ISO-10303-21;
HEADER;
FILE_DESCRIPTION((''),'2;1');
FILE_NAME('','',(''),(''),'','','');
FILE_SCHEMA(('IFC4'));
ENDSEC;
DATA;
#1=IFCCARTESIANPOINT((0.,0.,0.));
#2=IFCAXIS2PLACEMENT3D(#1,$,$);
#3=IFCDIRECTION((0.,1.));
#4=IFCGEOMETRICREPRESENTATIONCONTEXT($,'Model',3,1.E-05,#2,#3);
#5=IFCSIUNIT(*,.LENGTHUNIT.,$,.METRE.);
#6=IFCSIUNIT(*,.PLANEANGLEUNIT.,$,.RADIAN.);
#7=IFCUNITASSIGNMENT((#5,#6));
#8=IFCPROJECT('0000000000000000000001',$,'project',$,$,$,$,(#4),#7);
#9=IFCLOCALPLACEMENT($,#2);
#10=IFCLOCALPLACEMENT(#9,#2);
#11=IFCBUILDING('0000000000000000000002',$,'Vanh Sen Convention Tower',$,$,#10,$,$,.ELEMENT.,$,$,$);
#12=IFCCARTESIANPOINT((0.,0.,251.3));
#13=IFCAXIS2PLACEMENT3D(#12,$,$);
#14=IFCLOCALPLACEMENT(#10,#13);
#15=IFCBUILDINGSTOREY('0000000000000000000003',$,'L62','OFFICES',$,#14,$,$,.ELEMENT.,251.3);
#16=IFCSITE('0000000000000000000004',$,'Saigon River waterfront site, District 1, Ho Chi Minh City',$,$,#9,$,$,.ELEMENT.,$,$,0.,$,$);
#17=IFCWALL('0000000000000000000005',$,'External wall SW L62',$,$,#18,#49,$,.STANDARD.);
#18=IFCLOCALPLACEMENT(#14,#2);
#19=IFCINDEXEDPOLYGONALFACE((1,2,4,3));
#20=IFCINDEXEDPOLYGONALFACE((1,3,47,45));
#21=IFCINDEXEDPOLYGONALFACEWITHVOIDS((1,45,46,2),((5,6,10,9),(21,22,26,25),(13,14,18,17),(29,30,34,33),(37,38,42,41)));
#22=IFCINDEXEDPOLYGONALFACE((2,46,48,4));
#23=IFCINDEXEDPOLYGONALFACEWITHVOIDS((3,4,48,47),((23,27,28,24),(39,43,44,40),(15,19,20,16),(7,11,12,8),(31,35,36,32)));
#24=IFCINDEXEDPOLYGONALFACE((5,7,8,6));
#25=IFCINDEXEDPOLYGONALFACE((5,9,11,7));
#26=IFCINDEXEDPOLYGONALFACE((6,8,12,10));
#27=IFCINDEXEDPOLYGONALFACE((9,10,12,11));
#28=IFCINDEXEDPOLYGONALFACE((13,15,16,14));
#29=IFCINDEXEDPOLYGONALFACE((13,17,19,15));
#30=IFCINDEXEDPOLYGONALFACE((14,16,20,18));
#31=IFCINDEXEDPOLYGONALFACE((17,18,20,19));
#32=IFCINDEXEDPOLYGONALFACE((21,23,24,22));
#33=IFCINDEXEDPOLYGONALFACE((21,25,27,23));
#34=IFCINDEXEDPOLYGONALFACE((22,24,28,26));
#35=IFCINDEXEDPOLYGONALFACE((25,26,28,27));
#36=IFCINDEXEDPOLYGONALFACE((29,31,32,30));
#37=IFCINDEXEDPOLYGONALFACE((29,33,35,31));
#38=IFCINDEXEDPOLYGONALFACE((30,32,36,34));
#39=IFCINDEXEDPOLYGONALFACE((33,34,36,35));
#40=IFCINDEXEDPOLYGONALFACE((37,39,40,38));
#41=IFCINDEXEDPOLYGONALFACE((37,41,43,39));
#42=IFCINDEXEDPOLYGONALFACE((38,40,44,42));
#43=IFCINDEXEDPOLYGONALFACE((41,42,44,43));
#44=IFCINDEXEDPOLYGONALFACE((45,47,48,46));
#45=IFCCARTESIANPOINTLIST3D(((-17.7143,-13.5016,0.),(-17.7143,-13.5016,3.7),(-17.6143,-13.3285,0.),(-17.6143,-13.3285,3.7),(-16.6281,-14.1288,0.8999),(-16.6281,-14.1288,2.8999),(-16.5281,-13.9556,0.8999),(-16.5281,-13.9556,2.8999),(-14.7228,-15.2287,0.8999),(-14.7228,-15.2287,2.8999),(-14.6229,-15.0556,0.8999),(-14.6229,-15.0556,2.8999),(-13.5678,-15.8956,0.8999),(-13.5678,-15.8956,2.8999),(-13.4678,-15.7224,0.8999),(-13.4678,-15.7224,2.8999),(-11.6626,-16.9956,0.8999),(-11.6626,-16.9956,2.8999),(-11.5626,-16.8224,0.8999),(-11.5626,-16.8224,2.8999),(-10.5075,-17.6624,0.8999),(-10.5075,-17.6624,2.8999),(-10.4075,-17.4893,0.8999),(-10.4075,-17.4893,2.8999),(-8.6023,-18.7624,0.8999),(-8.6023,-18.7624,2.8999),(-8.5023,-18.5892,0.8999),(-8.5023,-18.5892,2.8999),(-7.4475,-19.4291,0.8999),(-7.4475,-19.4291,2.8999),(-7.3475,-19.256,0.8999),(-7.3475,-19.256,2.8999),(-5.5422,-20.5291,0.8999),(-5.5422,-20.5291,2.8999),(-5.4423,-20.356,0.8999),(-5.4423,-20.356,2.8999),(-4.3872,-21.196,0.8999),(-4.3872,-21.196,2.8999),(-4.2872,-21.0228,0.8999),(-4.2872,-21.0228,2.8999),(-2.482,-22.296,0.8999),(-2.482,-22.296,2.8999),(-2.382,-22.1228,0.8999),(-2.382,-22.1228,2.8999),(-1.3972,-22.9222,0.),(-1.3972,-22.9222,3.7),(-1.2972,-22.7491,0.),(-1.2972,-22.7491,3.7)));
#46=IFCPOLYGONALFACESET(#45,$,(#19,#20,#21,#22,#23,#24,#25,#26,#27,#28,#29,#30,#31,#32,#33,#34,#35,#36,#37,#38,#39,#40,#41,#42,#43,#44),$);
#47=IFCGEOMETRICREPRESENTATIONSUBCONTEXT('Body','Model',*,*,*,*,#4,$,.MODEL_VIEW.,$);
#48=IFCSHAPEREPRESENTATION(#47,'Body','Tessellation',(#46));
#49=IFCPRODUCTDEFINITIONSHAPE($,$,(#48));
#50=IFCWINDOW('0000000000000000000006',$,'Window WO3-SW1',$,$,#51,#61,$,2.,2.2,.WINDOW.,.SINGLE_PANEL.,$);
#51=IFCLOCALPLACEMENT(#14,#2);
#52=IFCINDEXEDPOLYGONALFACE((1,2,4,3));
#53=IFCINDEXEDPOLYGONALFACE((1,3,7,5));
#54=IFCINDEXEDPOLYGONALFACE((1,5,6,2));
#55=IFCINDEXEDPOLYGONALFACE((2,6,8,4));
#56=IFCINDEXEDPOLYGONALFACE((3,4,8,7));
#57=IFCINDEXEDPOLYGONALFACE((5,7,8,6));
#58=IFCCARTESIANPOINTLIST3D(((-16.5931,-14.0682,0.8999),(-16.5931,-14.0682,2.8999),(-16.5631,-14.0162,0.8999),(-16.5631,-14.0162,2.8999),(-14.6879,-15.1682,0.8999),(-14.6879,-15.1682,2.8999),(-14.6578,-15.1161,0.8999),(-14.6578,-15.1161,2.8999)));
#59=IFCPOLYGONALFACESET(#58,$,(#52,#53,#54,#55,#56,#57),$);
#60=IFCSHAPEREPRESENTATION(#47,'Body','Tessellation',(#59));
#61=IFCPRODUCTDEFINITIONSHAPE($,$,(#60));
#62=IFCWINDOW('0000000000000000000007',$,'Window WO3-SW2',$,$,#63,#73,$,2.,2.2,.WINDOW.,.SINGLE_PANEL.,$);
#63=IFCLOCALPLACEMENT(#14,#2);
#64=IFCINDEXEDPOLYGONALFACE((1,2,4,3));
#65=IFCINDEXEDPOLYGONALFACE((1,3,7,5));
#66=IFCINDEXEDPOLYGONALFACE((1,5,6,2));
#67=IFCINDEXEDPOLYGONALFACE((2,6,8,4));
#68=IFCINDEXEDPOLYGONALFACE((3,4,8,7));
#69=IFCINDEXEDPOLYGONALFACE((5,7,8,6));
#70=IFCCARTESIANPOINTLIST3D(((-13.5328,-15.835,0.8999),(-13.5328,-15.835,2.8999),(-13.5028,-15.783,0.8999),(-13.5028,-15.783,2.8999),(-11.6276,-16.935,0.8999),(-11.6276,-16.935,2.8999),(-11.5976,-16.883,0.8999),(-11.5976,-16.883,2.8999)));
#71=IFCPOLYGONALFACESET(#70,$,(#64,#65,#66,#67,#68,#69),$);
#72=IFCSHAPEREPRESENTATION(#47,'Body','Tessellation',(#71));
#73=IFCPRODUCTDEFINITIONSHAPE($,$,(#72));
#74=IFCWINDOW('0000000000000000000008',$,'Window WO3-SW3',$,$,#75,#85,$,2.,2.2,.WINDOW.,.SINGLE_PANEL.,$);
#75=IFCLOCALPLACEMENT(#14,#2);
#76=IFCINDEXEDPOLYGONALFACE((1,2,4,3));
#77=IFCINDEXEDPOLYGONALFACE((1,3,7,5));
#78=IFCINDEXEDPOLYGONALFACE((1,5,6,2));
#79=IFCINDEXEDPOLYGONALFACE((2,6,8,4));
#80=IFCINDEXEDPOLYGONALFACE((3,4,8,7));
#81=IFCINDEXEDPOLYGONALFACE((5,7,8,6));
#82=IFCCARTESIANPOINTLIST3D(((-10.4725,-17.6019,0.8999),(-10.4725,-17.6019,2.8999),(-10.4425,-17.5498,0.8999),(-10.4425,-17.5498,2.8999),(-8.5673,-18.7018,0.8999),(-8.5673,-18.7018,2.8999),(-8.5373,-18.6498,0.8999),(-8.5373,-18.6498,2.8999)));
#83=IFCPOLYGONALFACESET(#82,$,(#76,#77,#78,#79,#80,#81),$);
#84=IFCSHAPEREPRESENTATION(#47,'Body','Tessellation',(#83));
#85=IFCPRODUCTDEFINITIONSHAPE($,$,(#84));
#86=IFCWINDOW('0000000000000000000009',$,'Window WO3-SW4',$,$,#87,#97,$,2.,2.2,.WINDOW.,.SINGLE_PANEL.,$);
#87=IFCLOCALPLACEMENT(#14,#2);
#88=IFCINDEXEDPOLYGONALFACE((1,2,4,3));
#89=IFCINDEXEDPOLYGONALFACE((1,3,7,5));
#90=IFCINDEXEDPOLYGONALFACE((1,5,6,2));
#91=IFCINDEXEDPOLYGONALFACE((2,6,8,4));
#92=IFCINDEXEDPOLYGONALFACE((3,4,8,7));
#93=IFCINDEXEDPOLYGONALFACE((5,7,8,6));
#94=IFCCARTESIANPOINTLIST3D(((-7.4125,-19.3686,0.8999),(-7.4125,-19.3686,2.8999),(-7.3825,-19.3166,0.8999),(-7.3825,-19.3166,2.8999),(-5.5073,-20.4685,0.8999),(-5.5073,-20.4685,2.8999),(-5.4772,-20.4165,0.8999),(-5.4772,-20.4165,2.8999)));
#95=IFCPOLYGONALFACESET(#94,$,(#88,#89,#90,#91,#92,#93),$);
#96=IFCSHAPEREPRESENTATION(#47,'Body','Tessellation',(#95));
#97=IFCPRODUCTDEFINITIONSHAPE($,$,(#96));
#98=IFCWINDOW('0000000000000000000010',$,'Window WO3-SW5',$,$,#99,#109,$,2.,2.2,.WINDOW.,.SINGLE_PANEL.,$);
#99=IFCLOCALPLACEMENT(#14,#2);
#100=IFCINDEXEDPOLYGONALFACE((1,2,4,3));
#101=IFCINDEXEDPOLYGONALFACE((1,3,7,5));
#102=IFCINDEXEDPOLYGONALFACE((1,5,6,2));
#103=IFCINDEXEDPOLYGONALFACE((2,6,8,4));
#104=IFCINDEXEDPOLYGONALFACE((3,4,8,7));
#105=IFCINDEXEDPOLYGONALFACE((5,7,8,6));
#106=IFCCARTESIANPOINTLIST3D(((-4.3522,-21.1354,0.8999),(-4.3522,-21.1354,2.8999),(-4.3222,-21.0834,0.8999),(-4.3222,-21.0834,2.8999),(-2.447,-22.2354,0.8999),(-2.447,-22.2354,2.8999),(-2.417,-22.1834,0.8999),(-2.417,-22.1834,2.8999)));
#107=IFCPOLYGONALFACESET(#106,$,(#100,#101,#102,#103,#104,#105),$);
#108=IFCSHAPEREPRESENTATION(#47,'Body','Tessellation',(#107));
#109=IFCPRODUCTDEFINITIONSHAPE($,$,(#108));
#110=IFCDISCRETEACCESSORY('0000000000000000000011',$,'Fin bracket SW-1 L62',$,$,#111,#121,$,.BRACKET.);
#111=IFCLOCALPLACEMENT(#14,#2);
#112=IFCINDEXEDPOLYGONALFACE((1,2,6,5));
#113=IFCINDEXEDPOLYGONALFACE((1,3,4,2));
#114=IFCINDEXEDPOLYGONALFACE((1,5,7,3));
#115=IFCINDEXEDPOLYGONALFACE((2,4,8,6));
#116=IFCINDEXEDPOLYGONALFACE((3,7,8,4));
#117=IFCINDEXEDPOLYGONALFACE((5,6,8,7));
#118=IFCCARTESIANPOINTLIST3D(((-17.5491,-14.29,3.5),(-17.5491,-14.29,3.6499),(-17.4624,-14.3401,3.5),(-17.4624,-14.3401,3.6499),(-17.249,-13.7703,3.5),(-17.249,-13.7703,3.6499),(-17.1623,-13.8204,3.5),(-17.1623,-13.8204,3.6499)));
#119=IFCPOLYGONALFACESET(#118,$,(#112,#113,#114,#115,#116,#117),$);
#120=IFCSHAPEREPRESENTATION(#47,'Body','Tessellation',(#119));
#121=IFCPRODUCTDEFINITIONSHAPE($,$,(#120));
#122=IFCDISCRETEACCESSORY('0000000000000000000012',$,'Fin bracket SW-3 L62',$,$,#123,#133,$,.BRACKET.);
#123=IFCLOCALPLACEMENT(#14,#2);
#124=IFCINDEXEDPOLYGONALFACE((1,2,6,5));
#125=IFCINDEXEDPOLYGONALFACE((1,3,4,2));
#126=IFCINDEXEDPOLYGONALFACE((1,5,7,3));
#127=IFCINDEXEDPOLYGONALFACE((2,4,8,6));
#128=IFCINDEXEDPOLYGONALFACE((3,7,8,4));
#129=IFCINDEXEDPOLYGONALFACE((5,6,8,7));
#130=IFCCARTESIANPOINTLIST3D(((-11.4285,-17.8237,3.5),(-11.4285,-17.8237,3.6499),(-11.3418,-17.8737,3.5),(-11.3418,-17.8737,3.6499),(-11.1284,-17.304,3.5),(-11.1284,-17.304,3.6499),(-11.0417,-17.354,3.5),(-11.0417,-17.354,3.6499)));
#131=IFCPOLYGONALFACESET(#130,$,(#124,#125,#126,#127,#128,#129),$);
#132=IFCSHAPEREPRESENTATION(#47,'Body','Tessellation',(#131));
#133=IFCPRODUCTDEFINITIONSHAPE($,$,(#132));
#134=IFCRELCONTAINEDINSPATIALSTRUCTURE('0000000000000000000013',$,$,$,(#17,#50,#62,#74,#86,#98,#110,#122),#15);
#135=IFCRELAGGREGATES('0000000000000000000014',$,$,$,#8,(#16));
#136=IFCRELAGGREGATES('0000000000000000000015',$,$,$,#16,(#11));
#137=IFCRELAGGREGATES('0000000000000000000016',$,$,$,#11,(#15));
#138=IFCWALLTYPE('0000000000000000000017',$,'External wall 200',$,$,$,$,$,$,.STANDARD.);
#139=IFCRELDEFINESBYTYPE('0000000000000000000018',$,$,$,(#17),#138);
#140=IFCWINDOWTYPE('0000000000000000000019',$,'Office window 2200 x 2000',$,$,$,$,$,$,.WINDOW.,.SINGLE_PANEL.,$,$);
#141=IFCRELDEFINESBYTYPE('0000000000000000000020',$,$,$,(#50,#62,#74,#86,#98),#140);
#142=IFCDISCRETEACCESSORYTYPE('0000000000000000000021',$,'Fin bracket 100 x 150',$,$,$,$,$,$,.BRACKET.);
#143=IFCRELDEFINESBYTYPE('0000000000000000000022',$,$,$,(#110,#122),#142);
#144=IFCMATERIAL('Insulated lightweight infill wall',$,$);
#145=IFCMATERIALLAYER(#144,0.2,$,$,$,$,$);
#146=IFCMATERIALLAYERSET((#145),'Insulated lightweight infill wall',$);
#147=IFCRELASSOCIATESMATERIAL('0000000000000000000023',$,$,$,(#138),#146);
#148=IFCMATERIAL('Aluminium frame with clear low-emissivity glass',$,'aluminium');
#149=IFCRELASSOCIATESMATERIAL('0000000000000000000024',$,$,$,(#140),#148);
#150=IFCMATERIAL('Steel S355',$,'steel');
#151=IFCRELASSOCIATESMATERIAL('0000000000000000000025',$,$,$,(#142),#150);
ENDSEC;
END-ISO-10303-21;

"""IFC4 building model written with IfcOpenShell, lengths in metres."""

from ifc_helpers import new_model, si_unit, direction, frame, frame_2d, origin, origin_2d, place, context, subcontext, project, spatial, rectangle, extrude, material, layer, layer_set, type_object, element, fill, save


model = new_model("IFC4")

# Units and contexts
model_context = context("Model", 3, precision=1e-05, world=origin(), true_north=direction((0.0, 1.0)))
body_context = subcontext(model_context, "Body", "Model", "MODEL_VIEW")
ifc_project = project(units=[si_unit("LENGTHUNIT", "METRE"), si_unit("PLANEANGLEUNIT", "RADIAN")], contexts=[model_context])

# Site, building, storey
site_placement = place(None, origin())
site = spatial("IfcSite", under=ifc_project, at=site_placement, Name="Saigon River waterfront site, District 1, Ho Chi Minh City", CompositionType="ELEMENT", RefElevation=0.0)
building_placement = place(site_placement, origin())
building = spatial("IfcBuilding", under=site, at=building_placement, Name="Vanh Sen Convention Tower", CompositionType="ELEMENT")
storey_placement = place(building_placement, frame((0.0, 0.0, 251.3)))
storey = spatial("IfcBuildingStorey", under=building, at=storey_placement, Name="L62", Description="OFFICES", CompositionType="ELEMENT", Elevation=251.3)

# Shared definitions
ifc_material_1 = material(Name="Insulated lightweight infill wall")
ifc_layer_1 = layer(ifc_material_1, 0.2)
ifc_layer_set_1 = layer_set([ifc_layer_1], Name="Insulated lightweight infill wall")
wall_type_1 = type_object("IfcWallType", Name="External wall 200", PredefinedType="STANDARD", material=ifc_layer_set_1)
ifc_material_2 = material(Name="Aluminium frame with clear low-emissivity glass", Category="aluminium")

# Wall, openings, windows
wall_1_placement = place(storey_placement, frame((-17.6643, -13.415, 0.0), z_axis=(0.0, 0.0, 1.0), x_axis=(0.866027, -0.499998, 0.0)))
wall_1 = element("IfcWall", 1, at=wall_1_placement, inside=storey, type_object=wall_type_1, Name="External wall SW L62", PredefinedType="STANDARD", context=body_context, shape_type="SweptSolid", body=[
    extrude(rectangle(XDim=18.8413, YDim=0.2, at=frame_2d((9.4207, 0.0))), origin(), (0.0, 0.0, 1.0), 3.7),
])
opening_1_placement = place(wall_1_placement, frame((1.2542, 0.0, 0.8999)))
opening_1 = element("IfcOpeningElement", 2, at=opening_1_placement, cuts=wall_1, PredefinedType="OPENING", context=body_context, shape_type="SweptSolid", body=[
    extrude(rectangle(XDim=2.2, YDim=2.0, at=frame_2d((1.1001, 1.0))), frame((0.0, 0.1099, 0.0), z_axis=(0.0, -1.0, 0.0), x_axis=(1.0, 0.0, 0.0)), (0.0, 0.0, 1.0), 0.22),
])
opening_2_placement = place(wall_1_placement, frame((4.7878, 0.0, 0.8999)))
opening_2 = element("IfcOpeningElement", 3, at=opening_2_placement, cuts=wall_1, PredefinedType="OPENING", context=body_context, shape_type="SweptSolid", body=[
    extrude(rectangle(XDim=2.2, YDim=2.0, at=frame_2d((1.1001, 1.0))), frame((0.0, 0.1099, 0.0), z_axis=(0.0, -1.0, 0.0), x_axis=(1.0, 0.0, 0.0)), (0.0, 0.0, 1.0), 0.22),
])
opening_3_placement = place(wall_1_placement, frame((8.3215, 0.0, 0.8999)))
opening_3 = element("IfcOpeningElement", 4, at=opening_3_placement, cuts=wall_1, PredefinedType="OPENING", context=body_context, shape_type="SweptSolid", body=[
    extrude(rectangle(XDim=2.2, YDim=2.0, at=frame_2d((1.1001, 1.0))), frame((0.0, 0.1099, 0.0), z_axis=(0.0, -1.0, 0.0), x_axis=(1.0, 0.0, 0.0)), (0.0, 0.0, 1.0), 0.22),
])
opening_4_placement = place(wall_1_placement, frame((11.855, 0.0, 0.8999)))
opening_4 = element("IfcOpeningElement", 5, at=opening_4_placement, cuts=wall_1, PredefinedType="OPENING", context=body_context, shape_type="SweptSolid", body=[
    extrude(rectangle(XDim=2.2, YDim=2.0, at=frame_2d((1.1001, 1.0))), frame((0.0, 0.1099, 0.0), z_axis=(0.0, -1.0, 0.0), x_axis=(1.0, 0.0, 0.0)), (0.0, 0.0, 1.0), 0.22),
])
opening_5_placement = place(wall_1_placement, frame((15.3887, 0.0, 0.8999)))
opening_5 = element("IfcOpeningElement", 6, at=opening_5_placement, cuts=wall_1, PredefinedType="OPENING", context=body_context, shape_type="SweptSolid", body=[
    extrude(rectangle(XDim=2.2, YDim=2.0, at=frame_2d((1.1001, 1.0))), frame((0.0, 0.1099, 0.0), z_axis=(0.0, -1.0, 0.0), x_axis=(1.0, 0.0, 0.0)), (0.0, 0.0, 1.0), 0.22),
])
window_type_1 = type_object("IfcWindowType", Name="Office window 2200 x 2000", PartitioningType="SINGLE_PANEL", PredefinedType="WINDOW", material=ifc_material_2)
window_1_placement = place(opening_1_placement, origin())
window_1 = element("IfcWindow", 7, at=window_1_placement, inside=storey, type_object=window_type_1, Name="Window WO3-SW1", OverallHeight=2.0, OverallWidth=2.2, PartitioningType="SINGLE_PANEL", PredefinedType="WINDOW", context=body_context, shape_type="SweptSolid", body=[
    extrude(rectangle(XDim=2.2, YDim=2.0, at=frame_2d((1.1001, 1.0))), frame((0.0, 0.03, 0.0), z_axis=(0.0, -1.0, 0.0), x_axis=(1.0, 0.0, 0.0)), (0.0, 0.0, 1.0), 0.0601),
])
fill(opening_1, window_1)
window_2_placement = place(opening_2_placement, origin())
window_2 = element("IfcWindow", 8, at=window_2_placement, inside=storey, type_object=window_type_1, Name="Window WO3-SW2", OverallHeight=2.0, OverallWidth=2.2, PartitioningType="SINGLE_PANEL", PredefinedType="WINDOW", context=body_context, shape_type="SweptSolid", body=[
    extrude(rectangle(XDim=2.2, YDim=2.0, at=frame_2d((1.1001, 1.0))), frame((0.0, 0.03, 0.0), z_axis=(0.0, -1.0, 0.0), x_axis=(1.0, 0.0, 0.0)), (0.0, 0.0, 1.0), 0.0601),
])
fill(opening_2, window_2)
window_3_placement = place(opening_3_placement, origin())
window_3 = element("IfcWindow", 9, at=window_3_placement, inside=storey, type_object=window_type_1, Name="Window WO3-SW3", OverallHeight=2.0, OverallWidth=2.2, PartitioningType="SINGLE_PANEL", PredefinedType="WINDOW", context=body_context, shape_type="SweptSolid", body=[
    extrude(rectangle(XDim=2.2, YDim=2.0, at=frame_2d((1.1001, 1.0))), frame((0.0, 0.03, 0.0), z_axis=(0.0, -1.0, 0.0), x_axis=(1.0, 0.0, 0.0)), (0.0, 0.0, 1.0), 0.0601),
])
fill(opening_3, window_3)
window_4_placement = place(opening_4_placement, origin())
window_4 = element("IfcWindow", 10, at=window_4_placement, inside=storey, type_object=window_type_1, Name="Window WO3-SW4", OverallHeight=2.0, OverallWidth=2.2, PartitioningType="SINGLE_PANEL", PredefinedType="WINDOW", context=body_context, shape_type="SweptSolid", body=[
    extrude(rectangle(XDim=2.2, YDim=2.0, at=frame_2d((1.1001, 1.0))), frame((0.0, 0.03, 0.0), z_axis=(0.0, -1.0, 0.0), x_axis=(1.0, 0.0, 0.0)), (0.0, 0.0, 1.0), 0.0601),
])
fill(opening_4, window_4)
window_5_placement = place(opening_5_placement, origin())
window_5 = element("IfcWindow", 11, at=window_5_placement, inside=storey, type_object=window_type_1, Name="Window WO3-SW5", OverallHeight=2.0, OverallWidth=2.2, PartitioningType="SINGLE_PANEL", PredefinedType="WINDOW", context=body_context, shape_type="SweptSolid", body=[
    extrude(rectangle(XDim=2.2, YDim=2.0, at=frame_2d((1.1001, 1.0))), frame((0.0, 0.03, 0.0), z_axis=(0.0, -1.0, 0.0), x_axis=(1.0, 0.0, 0.0)), (0.0, 0.0, 1.0), 0.0601),
])
fill(opening_5, window_5)

# Discrete accessories
ifc_material_3 = material(Name="Steel S355", Category="steel")
discrete_accessory_type = type_object("IfcDiscreteAccessoryType", Name="Fin bracket 100 x 150", PredefinedType="BRACKET", material=ifc_material_3)
for number, where, z_axis, x_axis, name in (
    (12, (-17.3557, -14.0552, 3.5), (0.0, 0.0, 1.0), (-0.5, -0.866025, 0.0), "Fin bracket SW-1 L62"),
    (13, (-11.2351, -17.5889, 3.5), (0.0, 0.0, 1.0), (-0.5, -0.866025, 0.0), "Fin bracket SW-3 L62"),
):
    element("IfcDiscreteAccessory", number, at=place(storey_placement, frame(where, z_axis=z_axis, x_axis=x_axis)), inside=storey, type_object=discrete_accessory_type, Name=name, PredefinedType="BRACKET", context=body_context, shape_type="SweptSolid", body=[
        extrude(rectangle(XDim=0.6001, YDim=0.1001, at=origin_2d()), origin(), (0.0, 0.0, 1.0), 0.1499),
    ])

save(model, "model.ifc")
